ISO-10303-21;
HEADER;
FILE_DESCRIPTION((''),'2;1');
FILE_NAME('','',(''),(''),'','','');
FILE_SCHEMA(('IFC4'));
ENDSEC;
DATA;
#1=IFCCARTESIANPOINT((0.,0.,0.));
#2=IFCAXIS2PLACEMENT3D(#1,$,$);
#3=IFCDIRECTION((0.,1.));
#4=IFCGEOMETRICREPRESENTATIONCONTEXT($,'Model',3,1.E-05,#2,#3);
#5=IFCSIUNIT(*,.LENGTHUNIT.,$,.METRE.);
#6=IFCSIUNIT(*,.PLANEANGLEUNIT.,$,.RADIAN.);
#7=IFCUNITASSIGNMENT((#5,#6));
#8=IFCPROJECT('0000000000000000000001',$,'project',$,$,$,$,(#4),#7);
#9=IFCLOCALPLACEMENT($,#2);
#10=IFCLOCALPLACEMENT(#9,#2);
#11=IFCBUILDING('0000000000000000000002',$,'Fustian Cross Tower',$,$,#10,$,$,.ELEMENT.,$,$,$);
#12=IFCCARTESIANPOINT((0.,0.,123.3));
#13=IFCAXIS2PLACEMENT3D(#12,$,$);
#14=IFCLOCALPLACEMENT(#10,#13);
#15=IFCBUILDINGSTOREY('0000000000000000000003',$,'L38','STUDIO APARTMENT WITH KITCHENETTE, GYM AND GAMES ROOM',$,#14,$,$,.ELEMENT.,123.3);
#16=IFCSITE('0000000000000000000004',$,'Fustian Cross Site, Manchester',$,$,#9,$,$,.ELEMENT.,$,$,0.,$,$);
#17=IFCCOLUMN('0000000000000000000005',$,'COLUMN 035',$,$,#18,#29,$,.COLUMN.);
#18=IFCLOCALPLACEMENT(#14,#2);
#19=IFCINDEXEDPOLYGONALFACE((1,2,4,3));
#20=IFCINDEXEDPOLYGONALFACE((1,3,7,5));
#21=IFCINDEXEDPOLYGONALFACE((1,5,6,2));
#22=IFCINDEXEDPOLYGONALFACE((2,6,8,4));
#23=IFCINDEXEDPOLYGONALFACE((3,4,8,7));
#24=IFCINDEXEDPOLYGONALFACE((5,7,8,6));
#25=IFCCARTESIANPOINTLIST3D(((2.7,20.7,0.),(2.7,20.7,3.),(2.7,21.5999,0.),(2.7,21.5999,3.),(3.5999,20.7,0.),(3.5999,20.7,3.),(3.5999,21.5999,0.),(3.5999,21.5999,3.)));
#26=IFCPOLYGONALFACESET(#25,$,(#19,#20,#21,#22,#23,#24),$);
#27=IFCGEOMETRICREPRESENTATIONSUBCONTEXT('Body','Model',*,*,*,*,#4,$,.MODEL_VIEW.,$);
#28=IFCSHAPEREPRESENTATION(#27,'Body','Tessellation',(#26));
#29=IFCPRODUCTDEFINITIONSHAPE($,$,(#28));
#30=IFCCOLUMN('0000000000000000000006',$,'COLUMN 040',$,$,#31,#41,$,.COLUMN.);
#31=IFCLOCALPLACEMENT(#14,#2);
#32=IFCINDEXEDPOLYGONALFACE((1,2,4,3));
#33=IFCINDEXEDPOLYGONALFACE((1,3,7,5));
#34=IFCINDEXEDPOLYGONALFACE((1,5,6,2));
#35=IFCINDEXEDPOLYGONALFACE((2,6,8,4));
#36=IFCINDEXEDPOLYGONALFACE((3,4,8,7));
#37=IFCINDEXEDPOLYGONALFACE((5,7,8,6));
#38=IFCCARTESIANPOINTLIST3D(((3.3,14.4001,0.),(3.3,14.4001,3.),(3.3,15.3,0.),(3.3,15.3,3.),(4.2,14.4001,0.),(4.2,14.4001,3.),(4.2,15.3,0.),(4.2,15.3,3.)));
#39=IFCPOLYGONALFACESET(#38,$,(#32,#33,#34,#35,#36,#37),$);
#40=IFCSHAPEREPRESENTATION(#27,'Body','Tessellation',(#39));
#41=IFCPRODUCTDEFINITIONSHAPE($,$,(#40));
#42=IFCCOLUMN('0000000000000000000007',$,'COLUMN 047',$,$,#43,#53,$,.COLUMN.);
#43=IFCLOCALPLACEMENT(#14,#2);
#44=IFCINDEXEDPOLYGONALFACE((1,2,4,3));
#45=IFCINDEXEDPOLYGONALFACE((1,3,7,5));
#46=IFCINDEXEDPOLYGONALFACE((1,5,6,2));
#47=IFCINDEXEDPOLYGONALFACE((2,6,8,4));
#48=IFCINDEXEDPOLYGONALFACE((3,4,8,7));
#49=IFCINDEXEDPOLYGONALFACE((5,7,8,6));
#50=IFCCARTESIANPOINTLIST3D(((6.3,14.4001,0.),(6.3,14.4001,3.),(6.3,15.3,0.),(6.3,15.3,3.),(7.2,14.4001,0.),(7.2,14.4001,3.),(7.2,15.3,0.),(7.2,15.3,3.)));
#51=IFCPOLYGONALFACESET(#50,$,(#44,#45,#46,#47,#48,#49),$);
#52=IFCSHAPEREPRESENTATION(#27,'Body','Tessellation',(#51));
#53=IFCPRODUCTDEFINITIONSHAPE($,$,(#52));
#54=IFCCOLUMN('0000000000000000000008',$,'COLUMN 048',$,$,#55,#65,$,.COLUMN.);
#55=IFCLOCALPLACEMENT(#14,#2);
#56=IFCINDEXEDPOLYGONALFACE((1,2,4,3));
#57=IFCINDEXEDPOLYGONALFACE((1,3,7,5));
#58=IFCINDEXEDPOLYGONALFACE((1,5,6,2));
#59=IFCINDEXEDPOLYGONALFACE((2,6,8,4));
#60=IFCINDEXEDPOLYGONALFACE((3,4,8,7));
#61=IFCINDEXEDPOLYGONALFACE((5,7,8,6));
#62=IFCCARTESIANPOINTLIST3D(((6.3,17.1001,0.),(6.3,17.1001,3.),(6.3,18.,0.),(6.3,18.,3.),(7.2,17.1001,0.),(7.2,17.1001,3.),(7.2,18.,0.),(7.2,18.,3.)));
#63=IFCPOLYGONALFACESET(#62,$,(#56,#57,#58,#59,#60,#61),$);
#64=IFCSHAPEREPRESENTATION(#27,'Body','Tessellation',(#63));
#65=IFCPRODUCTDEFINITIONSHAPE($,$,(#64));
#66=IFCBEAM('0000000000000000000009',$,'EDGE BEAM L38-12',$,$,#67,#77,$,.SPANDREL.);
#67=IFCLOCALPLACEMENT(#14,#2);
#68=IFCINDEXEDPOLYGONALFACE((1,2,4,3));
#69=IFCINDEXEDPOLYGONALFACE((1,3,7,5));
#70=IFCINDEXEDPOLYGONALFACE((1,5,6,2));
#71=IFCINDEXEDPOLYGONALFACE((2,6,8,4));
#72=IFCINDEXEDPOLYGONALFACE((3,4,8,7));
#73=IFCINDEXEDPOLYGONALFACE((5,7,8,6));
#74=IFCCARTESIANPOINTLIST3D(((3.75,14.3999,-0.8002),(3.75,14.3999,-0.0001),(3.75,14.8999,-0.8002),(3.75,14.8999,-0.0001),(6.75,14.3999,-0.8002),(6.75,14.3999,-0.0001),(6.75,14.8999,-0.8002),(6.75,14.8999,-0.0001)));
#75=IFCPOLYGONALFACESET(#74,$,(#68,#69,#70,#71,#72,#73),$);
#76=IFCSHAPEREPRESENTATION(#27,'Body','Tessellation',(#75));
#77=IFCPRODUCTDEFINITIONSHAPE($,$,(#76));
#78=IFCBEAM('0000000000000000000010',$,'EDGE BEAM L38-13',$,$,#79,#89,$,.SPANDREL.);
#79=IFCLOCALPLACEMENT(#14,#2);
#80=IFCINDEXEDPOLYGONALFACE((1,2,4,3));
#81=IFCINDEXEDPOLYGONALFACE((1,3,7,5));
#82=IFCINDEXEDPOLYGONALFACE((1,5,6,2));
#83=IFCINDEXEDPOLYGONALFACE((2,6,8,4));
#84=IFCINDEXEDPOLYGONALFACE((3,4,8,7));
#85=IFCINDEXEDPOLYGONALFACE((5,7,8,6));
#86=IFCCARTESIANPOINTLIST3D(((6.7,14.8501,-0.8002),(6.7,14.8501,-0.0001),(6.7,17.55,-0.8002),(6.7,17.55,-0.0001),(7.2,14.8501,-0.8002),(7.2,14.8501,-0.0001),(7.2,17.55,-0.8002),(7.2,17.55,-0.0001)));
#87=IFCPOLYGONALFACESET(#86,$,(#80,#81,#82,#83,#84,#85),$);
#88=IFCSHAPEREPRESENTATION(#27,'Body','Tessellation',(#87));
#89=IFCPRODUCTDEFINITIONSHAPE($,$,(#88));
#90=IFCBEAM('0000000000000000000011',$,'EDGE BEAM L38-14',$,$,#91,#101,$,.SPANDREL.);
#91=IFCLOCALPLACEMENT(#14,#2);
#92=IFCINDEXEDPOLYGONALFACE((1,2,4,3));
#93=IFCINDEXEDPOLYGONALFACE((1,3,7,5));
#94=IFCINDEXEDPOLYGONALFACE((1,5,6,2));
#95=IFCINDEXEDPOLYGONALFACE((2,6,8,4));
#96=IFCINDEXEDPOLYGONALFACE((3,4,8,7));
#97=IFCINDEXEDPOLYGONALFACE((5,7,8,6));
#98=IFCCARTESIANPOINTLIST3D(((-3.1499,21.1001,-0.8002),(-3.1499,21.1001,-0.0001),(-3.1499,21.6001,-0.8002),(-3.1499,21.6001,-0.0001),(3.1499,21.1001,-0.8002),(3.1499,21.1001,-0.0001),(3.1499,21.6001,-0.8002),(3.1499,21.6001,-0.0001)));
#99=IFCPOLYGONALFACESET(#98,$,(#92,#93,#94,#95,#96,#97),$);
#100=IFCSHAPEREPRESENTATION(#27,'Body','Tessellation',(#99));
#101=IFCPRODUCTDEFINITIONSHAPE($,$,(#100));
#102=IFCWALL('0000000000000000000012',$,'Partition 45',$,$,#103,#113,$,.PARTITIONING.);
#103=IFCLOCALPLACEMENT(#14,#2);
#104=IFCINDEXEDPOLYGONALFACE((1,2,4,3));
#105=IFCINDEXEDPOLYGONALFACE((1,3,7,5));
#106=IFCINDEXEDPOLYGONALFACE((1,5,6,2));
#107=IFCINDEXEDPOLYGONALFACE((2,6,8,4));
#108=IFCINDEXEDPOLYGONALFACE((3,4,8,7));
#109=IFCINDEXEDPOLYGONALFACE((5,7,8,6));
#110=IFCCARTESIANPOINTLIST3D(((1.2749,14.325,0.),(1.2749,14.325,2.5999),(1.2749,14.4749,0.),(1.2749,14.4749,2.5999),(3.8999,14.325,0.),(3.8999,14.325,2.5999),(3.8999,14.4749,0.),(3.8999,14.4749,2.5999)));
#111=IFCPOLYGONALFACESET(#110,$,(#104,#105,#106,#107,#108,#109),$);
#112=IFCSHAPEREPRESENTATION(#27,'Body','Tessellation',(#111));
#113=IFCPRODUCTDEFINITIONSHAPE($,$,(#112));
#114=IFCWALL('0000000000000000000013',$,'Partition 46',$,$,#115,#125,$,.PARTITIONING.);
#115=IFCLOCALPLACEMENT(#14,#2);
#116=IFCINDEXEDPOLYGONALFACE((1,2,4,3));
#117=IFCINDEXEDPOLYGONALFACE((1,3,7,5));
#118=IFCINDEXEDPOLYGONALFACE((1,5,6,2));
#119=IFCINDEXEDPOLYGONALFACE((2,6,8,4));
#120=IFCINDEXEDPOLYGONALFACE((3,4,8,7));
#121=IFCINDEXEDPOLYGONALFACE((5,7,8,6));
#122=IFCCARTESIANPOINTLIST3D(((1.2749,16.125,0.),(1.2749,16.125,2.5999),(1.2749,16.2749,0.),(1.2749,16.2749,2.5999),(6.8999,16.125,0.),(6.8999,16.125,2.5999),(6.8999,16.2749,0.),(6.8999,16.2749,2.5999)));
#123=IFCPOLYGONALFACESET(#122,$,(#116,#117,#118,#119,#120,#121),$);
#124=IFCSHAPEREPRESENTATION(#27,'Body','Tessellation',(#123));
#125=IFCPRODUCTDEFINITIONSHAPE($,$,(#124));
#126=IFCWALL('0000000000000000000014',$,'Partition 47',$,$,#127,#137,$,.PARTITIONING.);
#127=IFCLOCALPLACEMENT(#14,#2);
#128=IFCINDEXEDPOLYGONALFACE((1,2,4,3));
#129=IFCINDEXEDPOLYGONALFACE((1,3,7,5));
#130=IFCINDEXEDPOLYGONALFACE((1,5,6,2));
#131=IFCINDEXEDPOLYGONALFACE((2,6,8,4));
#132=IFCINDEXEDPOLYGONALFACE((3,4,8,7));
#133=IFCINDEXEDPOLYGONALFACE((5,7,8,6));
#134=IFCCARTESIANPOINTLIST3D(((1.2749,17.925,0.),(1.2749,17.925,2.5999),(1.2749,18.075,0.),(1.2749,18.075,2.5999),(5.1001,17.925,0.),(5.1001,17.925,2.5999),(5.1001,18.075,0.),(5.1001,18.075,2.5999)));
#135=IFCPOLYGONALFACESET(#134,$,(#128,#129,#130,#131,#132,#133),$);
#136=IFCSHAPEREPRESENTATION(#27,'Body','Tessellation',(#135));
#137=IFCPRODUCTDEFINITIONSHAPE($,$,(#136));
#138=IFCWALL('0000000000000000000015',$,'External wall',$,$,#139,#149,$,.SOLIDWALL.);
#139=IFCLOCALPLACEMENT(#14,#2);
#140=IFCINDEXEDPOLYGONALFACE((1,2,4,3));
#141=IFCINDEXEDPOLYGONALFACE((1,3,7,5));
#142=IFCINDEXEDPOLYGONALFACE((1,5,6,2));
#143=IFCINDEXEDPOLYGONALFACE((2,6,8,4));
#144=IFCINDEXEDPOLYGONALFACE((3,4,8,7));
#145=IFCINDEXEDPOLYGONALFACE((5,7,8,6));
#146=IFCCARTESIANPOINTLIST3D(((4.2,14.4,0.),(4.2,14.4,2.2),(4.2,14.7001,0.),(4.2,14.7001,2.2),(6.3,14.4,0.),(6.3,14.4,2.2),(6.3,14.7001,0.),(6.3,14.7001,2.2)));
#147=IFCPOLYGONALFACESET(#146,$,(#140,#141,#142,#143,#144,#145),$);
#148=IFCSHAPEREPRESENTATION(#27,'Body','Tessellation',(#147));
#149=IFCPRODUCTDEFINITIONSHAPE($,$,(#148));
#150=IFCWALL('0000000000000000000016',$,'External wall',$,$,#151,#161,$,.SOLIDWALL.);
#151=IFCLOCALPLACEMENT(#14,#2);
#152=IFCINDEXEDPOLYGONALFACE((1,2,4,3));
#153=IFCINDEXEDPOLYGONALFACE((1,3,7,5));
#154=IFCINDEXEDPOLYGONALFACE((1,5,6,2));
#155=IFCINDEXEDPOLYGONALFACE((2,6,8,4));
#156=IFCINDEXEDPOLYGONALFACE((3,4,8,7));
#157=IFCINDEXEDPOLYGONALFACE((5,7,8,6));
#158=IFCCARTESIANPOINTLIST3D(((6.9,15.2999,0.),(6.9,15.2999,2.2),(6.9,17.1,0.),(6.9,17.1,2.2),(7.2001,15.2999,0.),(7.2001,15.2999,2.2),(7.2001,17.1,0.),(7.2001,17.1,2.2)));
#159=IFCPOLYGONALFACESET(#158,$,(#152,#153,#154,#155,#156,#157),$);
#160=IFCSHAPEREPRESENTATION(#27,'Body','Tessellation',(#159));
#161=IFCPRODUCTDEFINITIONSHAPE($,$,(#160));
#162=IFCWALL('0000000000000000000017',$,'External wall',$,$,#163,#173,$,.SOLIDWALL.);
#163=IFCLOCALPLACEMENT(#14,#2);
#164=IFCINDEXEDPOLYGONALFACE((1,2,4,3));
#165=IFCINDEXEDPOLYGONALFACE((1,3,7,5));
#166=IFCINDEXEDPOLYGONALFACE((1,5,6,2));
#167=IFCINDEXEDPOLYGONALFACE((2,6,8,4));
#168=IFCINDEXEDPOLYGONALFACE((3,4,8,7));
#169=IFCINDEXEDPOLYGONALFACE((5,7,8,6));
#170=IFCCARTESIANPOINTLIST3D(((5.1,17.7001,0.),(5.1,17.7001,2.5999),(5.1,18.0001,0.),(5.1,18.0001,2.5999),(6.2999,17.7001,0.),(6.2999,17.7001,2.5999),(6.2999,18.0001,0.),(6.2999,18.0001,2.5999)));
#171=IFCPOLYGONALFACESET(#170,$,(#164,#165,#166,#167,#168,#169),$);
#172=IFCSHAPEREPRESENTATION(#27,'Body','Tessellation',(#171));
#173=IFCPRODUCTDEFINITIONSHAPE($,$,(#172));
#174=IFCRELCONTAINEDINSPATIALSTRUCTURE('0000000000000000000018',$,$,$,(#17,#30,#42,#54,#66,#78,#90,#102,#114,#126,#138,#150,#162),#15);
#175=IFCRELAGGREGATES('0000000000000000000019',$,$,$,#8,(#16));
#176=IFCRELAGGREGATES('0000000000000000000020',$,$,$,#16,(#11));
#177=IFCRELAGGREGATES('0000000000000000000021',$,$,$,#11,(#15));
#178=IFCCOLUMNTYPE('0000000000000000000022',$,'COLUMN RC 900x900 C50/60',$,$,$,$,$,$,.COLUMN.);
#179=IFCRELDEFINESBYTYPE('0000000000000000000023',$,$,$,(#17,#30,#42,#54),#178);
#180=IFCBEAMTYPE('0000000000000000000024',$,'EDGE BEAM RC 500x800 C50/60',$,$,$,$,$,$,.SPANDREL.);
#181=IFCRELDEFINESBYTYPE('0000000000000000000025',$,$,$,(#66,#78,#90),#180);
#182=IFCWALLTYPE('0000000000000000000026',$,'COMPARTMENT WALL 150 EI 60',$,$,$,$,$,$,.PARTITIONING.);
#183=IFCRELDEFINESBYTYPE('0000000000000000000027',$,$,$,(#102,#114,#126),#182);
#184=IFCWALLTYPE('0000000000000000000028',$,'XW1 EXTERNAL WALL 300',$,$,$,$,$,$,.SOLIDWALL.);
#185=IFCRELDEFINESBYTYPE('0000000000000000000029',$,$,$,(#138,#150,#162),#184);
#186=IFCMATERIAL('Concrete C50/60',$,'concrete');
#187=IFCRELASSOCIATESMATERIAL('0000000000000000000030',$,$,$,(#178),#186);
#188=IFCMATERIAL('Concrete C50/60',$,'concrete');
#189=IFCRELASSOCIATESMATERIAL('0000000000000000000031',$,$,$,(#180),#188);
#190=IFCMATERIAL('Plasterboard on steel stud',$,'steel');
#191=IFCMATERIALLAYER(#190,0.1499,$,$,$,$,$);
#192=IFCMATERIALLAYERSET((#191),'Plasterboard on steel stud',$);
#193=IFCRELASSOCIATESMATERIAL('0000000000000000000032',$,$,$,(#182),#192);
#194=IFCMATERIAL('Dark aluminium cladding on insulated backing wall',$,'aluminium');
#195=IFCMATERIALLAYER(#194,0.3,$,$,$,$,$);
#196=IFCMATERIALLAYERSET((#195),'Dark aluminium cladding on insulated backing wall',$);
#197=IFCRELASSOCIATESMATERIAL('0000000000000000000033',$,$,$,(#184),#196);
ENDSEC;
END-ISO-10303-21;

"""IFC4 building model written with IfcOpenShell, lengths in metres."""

from ifc_helpers import new_model, si_unit, direction, frame, frame_2d, origin, origin_2d, place, context, subcontext, project, spatial, rectangle, extrude, material, layer, layer_set, material_profile, profile_set, type_object, element, save


model = new_model("IFC4")

# Units and contexts
model_context = context("Model", 3, precision=1e-05, world=origin(), true_north=direction((0.0, 1.0)))
body_context = subcontext(model_context, "Body", "Model", "MODEL_VIEW")
ifc_project = project(units=[si_unit("LENGTHUNIT", "METRE"), si_unit("PLANEANGLEUNIT", "RADIAN")], contexts=[model_context])

# Site, building, storey
site_placement = place(None, origin())
site = spatial("IfcSite", under=ifc_project, at=site_placement, Name="Fustian Cross Site, Manchester", CompositionType="ELEMENT", RefElevation=0.0)
building_placement = place(site_placement, origin())
building = spatial("IfcBuilding", under=site, at=building_placement, Name="Fustian Cross Tower", CompositionType="ELEMENT")
storey_placement = place(building_placement, frame((0.0, 0.0, 123.3)))
storey = spatial("IfcBuildingStorey", under=building, at=storey_placement, Name="L38", Description="STUDIO APARTMENT WITH KITCHENETTE, GYM AND GAMES ROOM", CompositionType="ELEMENT", Elevation=123.3)

# Columns
ifc_material_1 = material(Name="Concrete C50/60", Category="concrete")
ifc_material_profile_1 = material_profile(ifc_material_1, rectangle(XDim=0.8999, YDim=0.8999, at=origin_2d()), Name="RC 900x900")
ifc_profile_set_1 = profile_set([ifc_material_profile_1], Name="Concrete C50/60")
column_type = type_object("IfcColumnType", Name="COLUMN RC 900x900 C50/60", PredefinedType="COLUMN", material=ifc_profile_set_1)
for number, where, z_axis, x_axis, name in (
    (1, (3.1499, 21.1499, 0.0), (0.0, 0.0, 1.0), (1.0, 0.0, 0.0), "COLUMN 035"),
    (2, (3.75, 14.8501, 0.0), (0.0, 0.0, 1.0), (1.0, 0.0, 0.0), "COLUMN 040"),
    (3, (6.75, 14.8501, 0.0), (0.0, 0.0, 1.0), (1.0, 0.0, 0.0), "COLUMN 047"),
    (4, (6.75, 17.55, 0.0), (0.0, 0.0, 1.0), (1.0, 0.0, 0.0), "COLUMN 048"),
):
    element("IfcColumn", number, at=place(storey_placement, frame(where, z_axis=z_axis, x_axis=x_axis)), inside=storey, type_object=column_type, Name=name, PredefinedType="COLUMN", context=body_context, shape_type="SweptSolid", body=[
        extrude(rectangle(XDim=0.8999, YDim=0.8999, at=origin_2d()), origin(), (0.0, 0.0, 1.0), 3.0),
    ])

# Beams
ifc_material_2 = material(Name="Concrete C50/60", Category="concrete")
ifc_material_profile_2 = material_profile(ifc_material_2, rectangle(XDim=0.5, YDim=0.8, at=origin_2d()), Name="RC 500x800")
ifc_profile_set_2 = profile_set([ifc_material_profile_2], Name="Concrete C50/60")
beam_type = type_object("IfcBeamType", Name="EDGE BEAM RC 500x800 C50/60", PredefinedType="SPANDREL", material=ifc_profile_set_2)
beam_1_placement = place(storey_placement, frame((3.75, 14.6499, -0.4001), z_axis=(1.0, 0.0, 0.0), x_axis=(0.0, 1.0, 0.0)))
element("IfcBeam", 5, at=beam_1_placement, inside=storey, type_object=beam_type, Name="EDGE BEAM L38-12", PredefinedType="SPANDREL", context=body_context, shape_type="SweptSolid", body=[
    extrude(rectangle(XDim=0.5, YDim=0.8, at=origin_2d()), origin(), (0.0, 0.0, 1.0), 3.0),
])
beam_2_placement = place(storey_placement, frame((6.95, 14.8501, -0.4001), z_axis=(0.0, 1.0, 0.0), x_axis=(-1.0, 0.0, 0.0)))
element("IfcBeam", 6, at=beam_2_placement, inside=storey, type_object=beam_type, Name="EDGE BEAM L38-13", PredefinedType="SPANDREL", context=body_context, shape_type="SweptSolid", body=[
    extrude(rectangle(XDim=0.5, YDim=0.8, at=origin_2d()), origin(), (0.0, 0.0, 1.0), 2.7),
])
beam_3_placement = place(storey_placement, frame((3.1499, 21.3501, -0.4001), z_axis=(-1.0, 0.0, 0.0), x_axis=(0.0, -1.0, 0.0)))
element("IfcBeam", 7, at=beam_3_placement, inside=storey, type_object=beam_type, Name="EDGE BEAM L38-14", PredefinedType="SPANDREL", context=body_context, shape_type="SweptSolid", body=[
    extrude(rectangle(XDim=0.5, YDim=0.8, at=origin_2d()), origin(), (0.0, 0.0, 1.0), 6.2998),
])

# Walls
ifc_material_3 = material(Name="Plasterboard on steel stud", Category="steel")
ifc_layer_1 = layer(ifc_material_3, 0.1499)
ifc_layer_set_1 = layer_set([ifc_layer_1], Name="Plasterboard on steel stud")
wall_type_1 = type_object("IfcWallType", Name="COMPARTMENT WALL 150 EI 60", PredefinedType="PARTITIONING", material=ifc_layer_set_1)
wall_1_placement = place(storey_placement, frame((1.2749, 14.3999, 0.0), z_axis=(0.0, 0.0, 1.0), x_axis=(1.0, 0.0, 0.0)))
element("IfcWall", 8, at=wall_1_placement, inside=storey, type_object=wall_type_1, Name="Partition 45", PredefinedType="PARTITIONING", context=body_context, shape_type="SweptSolid", body=[
    extrude(rectangle(XDim=2.625, YDim=0.1499, at=frame_2d((1.3125, 0.0))), origin(), (0.0, 0.0, 1.0), 2.5999),
])
wall_2_placement = place(storey_placement, frame((1.2749, 16.2, 0.0), z_axis=(0.0, 0.0, 1.0), x_axis=(1.0, 0.0, 0.0)))
element("IfcWall", 9, at=wall_2_placement, inside=storey, type_object=wall_type_1, Name="Partition 46", PredefinedType="PARTITIONING", context=body_context, shape_type="SweptSolid", body=[
    extrude(rectangle(XDim=5.625, YDim=0.1499, at=frame_2d((2.8125, 0.0))), origin(), (0.0, 0.0, 1.0), 2.5999),
])
wall_3_placement = place(storey_placement, frame((1.2749, 18.0, 0.0), z_axis=(0.0, 0.0, 1.0), x_axis=(1.0, 0.0, 0.0)))
element("IfcWall", 10, at=wall_3_placement, inside=storey, type_object=wall_type_1, Name="Partition 47", PredefinedType="PARTITIONING", context=body_context, shape_type="SweptSolid", body=[
    extrude(rectangle(XDim=3.8252, YDim=0.1499, at=frame_2d((1.9126, 0.0))), origin(), (0.0, 0.0, 1.0), 2.5999),
])
ifc_material_4 = material(Name="Dark aluminium cladding on insulated backing wall", Category="aluminium")
ifc_layer_2 = layer(ifc_material_4, 0.3)
ifc_layer_set_2 = layer_set([ifc_layer_2], Name="Dark aluminium cladding on insulated backing wall")
wall_type_2 = type_object("IfcWallType", Name="XW1 EXTERNAL WALL 300", PredefinedType="SOLIDWALL", material=ifc_layer_set_2)
wall_4_placement = place(storey_placement, frame((4.2, 14.55, 0.0), z_axis=(0.0, 0.0, 1.0), x_axis=(1.0, 0.0, 0.0)))
element("IfcWall", 11, at=wall_4_placement, inside=storey, type_object=wall_type_2, Name="External wall", PredefinedType="SOLIDWALL", context=body_context, shape_type="SweptSolid", body=[
    extrude(rectangle(XDim=2.1001, YDim=0.3, at=frame_2d((1.05, 0.0))), origin(), (0.0, 0.0, 1.0), 2.2),
])
wall_5_placement = place(storey_placement, frame((7.05, 15.3, 0.0), z_axis=(0.0, 0.0, 1.0), x_axis=(0.0, 1.0, 0.0)))
element("IfcWall", 12, at=wall_5_placement, inside=storey, type_object=wall_type_2, Name="External wall", PredefinedType="SOLIDWALL", context=body_context, shape_type="SweptSolid", body=[
    extrude(rectangle(XDim=1.8, YDim=0.3, at=frame_2d((0.8999, 0.0))), origin(), (0.0, 0.0, 1.0), 2.2),
])
wall_6_placement = place(storey_placement, frame((6.3, 17.8501, 0.0), z_axis=(0.0, 0.0, 1.0), x_axis=(-1.0, 0.0, 0.0)))
element("IfcWall", 13, at=wall_6_placement, inside=storey, type_object=wall_type_2, Name="External wall", PredefinedType="SOLIDWALL", context=body_context, shape_type="SweptSolid", body=[
    extrude(rectangle(XDim=1.2, YDim=0.3, at=frame_2d((0.6001, 0.0))), origin(), (0.0, 0.0, 1.0), 2.5999),
])

save(model, "model.ifc")
